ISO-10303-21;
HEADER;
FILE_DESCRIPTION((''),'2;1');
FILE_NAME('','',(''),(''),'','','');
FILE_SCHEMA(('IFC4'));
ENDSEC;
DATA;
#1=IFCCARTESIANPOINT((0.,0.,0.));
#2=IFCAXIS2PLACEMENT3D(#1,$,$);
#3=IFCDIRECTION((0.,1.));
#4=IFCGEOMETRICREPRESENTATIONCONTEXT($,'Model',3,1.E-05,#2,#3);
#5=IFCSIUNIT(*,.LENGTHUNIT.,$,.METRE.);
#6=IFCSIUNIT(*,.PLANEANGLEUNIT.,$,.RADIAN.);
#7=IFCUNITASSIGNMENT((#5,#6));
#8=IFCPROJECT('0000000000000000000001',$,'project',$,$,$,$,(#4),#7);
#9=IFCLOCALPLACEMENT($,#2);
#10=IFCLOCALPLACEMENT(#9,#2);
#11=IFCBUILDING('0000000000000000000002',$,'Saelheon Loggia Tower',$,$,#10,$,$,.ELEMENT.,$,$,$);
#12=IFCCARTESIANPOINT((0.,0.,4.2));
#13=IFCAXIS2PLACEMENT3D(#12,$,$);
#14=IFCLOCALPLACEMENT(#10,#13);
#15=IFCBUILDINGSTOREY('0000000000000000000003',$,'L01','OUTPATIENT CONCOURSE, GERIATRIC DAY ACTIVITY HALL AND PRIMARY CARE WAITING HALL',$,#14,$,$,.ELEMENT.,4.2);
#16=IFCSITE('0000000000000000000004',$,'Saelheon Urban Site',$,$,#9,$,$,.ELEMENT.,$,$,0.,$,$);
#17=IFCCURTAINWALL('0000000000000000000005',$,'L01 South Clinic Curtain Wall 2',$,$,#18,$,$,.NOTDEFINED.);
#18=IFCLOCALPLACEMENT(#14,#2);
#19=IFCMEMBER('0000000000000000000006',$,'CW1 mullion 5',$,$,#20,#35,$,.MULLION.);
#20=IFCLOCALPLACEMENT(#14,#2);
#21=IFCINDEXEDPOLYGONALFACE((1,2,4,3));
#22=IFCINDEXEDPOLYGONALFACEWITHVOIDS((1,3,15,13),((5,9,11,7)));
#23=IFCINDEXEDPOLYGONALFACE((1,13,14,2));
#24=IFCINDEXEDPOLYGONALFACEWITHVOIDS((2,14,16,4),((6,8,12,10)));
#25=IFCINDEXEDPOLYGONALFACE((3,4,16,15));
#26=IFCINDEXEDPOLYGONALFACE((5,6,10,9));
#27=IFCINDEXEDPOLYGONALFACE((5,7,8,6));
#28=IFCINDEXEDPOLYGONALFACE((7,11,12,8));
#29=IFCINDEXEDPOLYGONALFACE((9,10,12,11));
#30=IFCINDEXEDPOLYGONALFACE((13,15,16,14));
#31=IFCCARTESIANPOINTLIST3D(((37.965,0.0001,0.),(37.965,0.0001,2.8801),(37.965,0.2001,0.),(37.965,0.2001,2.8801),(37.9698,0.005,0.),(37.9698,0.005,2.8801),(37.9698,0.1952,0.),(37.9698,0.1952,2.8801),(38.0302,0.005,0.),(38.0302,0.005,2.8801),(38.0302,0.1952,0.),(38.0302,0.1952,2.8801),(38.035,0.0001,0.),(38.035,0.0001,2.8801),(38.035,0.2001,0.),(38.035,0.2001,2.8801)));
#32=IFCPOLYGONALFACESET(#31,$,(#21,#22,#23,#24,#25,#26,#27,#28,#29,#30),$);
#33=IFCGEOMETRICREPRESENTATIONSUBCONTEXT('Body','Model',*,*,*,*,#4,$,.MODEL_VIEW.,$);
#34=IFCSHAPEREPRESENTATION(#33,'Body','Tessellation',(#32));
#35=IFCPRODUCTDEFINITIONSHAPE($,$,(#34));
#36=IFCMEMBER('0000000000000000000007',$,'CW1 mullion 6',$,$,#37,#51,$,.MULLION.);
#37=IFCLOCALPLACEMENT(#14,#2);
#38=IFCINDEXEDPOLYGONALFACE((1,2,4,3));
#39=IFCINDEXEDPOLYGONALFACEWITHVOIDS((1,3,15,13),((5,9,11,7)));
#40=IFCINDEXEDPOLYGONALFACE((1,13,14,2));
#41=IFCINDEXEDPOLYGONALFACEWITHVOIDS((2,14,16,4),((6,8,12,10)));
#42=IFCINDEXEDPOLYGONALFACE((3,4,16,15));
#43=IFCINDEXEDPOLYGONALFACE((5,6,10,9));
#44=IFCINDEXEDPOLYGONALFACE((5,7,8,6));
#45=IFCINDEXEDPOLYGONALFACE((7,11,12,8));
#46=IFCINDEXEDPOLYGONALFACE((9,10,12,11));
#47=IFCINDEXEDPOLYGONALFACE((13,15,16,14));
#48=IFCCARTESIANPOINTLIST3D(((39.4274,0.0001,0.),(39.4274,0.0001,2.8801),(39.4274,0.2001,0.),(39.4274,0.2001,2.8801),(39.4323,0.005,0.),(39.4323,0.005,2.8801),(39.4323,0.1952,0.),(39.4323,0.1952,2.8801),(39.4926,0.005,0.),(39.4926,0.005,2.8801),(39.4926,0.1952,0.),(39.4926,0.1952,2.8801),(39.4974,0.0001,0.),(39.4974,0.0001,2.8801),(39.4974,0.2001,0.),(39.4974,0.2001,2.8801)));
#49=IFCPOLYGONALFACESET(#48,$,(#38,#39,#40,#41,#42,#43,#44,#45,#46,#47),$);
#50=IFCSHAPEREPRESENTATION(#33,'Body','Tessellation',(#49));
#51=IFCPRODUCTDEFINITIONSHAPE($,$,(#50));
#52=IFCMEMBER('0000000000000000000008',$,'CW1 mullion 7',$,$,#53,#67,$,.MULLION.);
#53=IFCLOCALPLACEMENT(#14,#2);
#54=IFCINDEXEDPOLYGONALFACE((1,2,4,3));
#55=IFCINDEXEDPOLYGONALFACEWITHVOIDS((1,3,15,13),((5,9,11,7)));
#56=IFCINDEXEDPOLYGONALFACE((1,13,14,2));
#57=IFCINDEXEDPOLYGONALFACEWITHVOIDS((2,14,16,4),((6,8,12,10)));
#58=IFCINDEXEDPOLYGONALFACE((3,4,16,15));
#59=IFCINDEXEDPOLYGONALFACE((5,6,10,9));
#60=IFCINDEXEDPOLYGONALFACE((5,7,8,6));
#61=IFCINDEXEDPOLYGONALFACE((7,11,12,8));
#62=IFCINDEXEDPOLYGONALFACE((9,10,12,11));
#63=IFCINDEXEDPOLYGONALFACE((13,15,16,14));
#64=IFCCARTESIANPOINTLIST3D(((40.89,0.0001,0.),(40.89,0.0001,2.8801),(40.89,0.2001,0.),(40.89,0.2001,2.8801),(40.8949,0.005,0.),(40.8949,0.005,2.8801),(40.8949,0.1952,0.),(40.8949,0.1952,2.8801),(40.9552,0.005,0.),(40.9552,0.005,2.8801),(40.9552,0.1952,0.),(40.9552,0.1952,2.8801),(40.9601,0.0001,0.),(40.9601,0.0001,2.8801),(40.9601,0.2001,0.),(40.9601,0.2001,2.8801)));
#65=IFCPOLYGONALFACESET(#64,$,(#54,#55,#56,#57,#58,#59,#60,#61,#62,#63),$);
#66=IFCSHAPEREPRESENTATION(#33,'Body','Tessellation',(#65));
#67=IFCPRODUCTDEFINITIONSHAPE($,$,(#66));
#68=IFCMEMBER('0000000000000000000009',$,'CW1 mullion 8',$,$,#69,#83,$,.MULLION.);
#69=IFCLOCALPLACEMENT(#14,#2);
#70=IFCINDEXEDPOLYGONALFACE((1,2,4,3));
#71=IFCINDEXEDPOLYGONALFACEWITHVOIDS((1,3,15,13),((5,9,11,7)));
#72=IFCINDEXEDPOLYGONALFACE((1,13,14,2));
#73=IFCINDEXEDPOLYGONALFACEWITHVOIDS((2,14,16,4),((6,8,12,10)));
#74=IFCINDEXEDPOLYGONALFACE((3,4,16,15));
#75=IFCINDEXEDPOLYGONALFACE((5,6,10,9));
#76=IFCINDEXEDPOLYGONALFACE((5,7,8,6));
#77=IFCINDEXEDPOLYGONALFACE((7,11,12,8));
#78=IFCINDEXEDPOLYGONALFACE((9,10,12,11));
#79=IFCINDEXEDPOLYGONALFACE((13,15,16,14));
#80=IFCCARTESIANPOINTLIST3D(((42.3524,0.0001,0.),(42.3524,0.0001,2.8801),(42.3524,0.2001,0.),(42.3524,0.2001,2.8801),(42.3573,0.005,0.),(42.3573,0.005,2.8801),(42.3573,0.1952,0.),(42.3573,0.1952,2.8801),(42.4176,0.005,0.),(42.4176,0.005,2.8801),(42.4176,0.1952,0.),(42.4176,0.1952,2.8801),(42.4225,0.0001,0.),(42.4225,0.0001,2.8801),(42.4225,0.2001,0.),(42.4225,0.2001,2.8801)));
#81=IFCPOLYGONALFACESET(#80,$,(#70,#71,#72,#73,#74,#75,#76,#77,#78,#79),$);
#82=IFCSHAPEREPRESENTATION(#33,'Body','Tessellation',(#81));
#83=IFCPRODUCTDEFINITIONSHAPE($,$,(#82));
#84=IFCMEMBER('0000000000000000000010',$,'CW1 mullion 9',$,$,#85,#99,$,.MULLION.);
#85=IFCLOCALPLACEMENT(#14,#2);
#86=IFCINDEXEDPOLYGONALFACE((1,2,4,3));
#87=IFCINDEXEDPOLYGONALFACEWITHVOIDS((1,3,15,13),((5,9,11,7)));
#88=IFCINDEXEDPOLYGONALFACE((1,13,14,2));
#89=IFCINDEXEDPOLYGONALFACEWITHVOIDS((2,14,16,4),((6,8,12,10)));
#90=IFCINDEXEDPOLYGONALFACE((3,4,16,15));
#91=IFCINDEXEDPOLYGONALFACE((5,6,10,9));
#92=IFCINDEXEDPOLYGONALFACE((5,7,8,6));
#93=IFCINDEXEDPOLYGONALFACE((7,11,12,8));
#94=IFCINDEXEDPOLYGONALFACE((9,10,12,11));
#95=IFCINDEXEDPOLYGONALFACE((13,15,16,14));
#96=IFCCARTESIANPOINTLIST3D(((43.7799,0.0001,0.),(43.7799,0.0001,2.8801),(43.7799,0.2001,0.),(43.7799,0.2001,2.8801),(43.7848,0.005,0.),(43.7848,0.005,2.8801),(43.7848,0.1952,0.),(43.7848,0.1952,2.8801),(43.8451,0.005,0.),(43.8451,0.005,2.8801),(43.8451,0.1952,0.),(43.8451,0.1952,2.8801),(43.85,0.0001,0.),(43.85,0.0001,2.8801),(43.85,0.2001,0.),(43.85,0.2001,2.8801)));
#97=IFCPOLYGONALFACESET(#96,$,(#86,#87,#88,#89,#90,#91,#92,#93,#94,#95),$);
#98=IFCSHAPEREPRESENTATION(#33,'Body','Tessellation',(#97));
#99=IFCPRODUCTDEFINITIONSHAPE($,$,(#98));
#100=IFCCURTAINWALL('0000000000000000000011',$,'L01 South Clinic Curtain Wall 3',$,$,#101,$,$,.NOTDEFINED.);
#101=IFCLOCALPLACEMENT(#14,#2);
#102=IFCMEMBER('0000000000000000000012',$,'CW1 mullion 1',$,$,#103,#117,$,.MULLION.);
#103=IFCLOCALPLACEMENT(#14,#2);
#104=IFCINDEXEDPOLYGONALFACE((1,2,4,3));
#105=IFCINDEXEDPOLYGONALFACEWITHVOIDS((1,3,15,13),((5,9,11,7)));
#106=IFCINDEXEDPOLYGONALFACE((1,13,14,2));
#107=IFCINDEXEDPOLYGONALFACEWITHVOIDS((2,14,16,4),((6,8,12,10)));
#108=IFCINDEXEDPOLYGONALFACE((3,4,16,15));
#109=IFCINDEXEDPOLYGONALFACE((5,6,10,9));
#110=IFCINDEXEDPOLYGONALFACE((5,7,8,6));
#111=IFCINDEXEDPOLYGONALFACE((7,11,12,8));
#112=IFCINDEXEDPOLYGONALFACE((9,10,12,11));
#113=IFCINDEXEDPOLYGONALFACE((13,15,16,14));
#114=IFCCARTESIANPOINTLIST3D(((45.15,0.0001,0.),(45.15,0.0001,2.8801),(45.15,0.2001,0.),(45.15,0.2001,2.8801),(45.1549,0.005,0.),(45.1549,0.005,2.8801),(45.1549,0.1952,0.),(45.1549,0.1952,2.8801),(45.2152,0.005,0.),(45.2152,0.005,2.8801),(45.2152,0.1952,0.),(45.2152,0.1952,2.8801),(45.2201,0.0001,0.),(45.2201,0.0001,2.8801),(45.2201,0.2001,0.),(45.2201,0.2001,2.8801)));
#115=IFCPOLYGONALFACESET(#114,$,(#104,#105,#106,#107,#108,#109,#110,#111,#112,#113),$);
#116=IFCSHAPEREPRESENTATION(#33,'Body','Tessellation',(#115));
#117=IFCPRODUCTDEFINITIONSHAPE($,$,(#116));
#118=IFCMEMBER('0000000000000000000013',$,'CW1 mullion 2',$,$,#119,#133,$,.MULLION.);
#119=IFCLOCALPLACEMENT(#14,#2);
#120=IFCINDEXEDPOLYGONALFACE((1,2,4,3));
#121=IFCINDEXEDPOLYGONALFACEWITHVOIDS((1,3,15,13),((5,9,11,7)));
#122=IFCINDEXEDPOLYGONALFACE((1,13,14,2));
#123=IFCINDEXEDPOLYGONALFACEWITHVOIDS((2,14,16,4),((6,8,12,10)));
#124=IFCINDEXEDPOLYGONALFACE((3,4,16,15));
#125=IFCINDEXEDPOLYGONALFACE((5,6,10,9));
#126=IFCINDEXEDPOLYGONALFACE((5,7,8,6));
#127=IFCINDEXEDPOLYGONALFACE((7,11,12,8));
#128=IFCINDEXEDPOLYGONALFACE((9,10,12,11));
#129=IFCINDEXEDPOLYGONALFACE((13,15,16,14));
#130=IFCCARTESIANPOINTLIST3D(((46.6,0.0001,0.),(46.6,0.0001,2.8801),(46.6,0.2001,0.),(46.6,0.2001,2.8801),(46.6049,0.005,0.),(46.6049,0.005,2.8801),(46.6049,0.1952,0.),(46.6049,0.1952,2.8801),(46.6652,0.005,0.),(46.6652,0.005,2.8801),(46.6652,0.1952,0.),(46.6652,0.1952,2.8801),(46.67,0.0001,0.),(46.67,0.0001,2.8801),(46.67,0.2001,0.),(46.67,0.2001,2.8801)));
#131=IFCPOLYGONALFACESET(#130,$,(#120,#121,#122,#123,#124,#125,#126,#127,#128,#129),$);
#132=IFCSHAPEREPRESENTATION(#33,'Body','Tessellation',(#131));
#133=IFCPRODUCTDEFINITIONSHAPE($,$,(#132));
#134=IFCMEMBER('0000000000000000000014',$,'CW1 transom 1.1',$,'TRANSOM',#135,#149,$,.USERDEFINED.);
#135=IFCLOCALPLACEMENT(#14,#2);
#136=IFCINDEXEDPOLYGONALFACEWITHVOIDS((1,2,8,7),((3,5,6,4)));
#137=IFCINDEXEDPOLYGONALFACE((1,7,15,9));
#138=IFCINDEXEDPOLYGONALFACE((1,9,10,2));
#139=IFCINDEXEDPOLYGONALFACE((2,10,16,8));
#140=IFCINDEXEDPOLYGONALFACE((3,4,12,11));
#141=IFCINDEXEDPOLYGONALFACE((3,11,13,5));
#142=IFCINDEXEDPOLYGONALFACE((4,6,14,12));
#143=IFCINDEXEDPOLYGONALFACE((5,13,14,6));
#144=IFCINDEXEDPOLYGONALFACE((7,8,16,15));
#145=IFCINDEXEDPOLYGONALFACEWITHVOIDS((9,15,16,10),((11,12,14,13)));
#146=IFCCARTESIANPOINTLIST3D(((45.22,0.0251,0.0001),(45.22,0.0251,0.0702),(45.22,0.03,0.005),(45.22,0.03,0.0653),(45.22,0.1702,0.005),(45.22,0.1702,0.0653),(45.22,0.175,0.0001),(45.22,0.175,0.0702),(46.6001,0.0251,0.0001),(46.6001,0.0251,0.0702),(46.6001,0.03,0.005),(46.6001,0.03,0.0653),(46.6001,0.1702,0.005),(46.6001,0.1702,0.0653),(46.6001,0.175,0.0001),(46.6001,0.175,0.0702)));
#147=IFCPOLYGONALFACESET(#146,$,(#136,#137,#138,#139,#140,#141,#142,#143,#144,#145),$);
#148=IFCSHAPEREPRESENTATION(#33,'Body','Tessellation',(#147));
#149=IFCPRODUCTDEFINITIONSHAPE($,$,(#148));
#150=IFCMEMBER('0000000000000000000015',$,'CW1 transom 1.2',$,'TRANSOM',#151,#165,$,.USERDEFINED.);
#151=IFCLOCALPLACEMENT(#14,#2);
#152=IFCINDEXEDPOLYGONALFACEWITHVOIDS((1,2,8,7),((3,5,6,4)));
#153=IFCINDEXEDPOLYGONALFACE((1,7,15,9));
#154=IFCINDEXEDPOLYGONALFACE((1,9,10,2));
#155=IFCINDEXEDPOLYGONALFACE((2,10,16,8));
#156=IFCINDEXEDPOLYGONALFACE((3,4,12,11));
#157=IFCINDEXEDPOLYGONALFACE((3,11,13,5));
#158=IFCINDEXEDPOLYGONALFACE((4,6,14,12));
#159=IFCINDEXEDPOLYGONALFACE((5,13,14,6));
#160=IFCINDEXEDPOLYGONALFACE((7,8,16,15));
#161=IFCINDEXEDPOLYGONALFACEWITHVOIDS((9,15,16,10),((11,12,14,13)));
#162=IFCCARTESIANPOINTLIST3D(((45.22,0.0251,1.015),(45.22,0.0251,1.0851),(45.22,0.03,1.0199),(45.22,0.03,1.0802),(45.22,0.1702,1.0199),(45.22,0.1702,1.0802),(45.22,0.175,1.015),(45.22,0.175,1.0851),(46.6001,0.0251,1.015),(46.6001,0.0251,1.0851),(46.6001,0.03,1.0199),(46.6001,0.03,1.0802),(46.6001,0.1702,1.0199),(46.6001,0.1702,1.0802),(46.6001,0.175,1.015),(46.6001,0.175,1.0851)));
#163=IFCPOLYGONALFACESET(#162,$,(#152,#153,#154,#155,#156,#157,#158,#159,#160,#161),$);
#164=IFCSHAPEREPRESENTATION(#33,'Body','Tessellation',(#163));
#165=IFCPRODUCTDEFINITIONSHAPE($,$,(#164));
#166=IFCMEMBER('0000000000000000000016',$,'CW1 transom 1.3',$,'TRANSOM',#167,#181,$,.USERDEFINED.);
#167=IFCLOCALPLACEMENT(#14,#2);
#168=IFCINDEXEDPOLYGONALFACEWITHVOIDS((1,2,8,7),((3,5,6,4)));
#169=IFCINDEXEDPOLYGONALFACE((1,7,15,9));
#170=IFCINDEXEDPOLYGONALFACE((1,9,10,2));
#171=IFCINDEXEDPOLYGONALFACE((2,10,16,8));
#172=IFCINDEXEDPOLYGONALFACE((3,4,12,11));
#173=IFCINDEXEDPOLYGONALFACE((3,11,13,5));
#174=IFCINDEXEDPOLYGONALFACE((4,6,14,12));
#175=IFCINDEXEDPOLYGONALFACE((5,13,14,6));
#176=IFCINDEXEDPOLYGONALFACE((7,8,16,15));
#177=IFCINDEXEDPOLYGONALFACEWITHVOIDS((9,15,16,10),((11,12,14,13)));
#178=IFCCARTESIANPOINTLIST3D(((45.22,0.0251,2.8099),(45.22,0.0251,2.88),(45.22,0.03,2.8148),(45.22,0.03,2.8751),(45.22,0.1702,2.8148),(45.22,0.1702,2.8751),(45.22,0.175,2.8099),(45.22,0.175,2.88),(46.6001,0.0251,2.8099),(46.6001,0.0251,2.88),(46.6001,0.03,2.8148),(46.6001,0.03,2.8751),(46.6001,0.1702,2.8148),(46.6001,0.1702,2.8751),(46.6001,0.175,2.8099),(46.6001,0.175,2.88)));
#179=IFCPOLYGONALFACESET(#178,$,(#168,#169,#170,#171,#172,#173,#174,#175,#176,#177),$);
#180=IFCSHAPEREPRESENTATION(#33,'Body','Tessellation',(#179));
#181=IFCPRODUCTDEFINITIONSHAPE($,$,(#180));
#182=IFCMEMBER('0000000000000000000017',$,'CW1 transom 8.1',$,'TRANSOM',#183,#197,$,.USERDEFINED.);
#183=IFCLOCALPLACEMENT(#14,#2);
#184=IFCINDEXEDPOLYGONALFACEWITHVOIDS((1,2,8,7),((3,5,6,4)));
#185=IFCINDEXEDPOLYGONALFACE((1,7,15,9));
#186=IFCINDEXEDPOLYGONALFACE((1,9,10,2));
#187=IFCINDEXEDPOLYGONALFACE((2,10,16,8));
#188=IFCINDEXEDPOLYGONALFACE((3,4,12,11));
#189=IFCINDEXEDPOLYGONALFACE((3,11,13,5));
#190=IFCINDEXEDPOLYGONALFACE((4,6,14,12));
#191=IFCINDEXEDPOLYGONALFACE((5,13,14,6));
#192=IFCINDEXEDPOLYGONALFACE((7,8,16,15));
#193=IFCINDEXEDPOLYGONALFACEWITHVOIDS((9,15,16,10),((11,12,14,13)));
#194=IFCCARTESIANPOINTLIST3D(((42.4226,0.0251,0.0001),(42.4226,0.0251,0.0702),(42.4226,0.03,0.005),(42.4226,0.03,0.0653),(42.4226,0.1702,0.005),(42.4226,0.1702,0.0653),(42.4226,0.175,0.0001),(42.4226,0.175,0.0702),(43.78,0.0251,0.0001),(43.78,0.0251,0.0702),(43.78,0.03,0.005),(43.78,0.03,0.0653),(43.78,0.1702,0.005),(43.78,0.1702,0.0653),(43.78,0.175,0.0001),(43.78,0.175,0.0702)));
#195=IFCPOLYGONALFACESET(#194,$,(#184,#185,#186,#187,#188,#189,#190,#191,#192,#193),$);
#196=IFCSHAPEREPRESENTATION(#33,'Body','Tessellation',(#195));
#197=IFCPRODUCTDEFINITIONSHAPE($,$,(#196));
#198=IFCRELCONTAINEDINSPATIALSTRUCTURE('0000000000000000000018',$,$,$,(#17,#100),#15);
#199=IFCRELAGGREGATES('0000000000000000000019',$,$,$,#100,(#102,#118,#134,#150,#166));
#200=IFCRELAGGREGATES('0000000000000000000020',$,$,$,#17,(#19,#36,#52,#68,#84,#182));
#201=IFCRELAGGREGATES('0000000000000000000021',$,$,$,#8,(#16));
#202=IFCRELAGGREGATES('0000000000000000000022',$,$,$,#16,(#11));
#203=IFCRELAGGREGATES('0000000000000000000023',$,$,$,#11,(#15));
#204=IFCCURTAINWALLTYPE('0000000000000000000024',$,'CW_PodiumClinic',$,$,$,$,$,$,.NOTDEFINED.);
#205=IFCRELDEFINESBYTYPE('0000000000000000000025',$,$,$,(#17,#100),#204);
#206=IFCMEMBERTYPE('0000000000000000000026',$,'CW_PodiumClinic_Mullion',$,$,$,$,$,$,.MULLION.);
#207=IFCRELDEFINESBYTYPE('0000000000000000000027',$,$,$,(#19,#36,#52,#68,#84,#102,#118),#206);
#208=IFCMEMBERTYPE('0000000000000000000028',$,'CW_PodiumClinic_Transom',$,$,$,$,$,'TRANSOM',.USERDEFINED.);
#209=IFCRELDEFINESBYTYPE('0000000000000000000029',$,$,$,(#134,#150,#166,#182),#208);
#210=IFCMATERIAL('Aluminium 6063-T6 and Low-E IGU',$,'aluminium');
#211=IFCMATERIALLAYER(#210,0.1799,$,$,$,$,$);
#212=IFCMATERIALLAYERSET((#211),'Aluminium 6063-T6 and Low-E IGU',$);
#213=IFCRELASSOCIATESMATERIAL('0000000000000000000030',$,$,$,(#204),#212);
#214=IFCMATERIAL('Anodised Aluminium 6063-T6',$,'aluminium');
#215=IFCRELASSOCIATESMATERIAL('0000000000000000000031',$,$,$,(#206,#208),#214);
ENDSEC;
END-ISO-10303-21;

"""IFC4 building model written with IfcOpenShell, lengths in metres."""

from ifc_helpers import new_model, si_unit, direction, frame, origin, origin_2d, place, context, subcontext, project, spatial, hollow_rectangle, extrude, source, transform, mapped, material, layer, layer_set, material_profile, profile_set, type_object, element, aggregate, save


model = new_model("IFC4")

# Units and contexts
model_context = context("Model", 3, precision=1e-05, world=origin(), true_north=direction((0.0, 1.0)))
body_context = subcontext(model_context, "Body", "Model", "MODEL_VIEW")
ifc_project = project(units=[si_unit("LENGTHUNIT", "METRE"), si_unit("PLANEANGLEUNIT", "RADIAN")], contexts=[model_context])

# Site, building, storey
site_placement = place(None, origin())
site = spatial("IfcSite", under=ifc_project, at=site_placement, Name="Saelheon Urban Site", CompositionType="ELEMENT", RefElevation=0.0)
building_placement = place(site_placement, origin())
building = spatial("IfcBuilding", under=site, at=building_placement, Name="Saelheon Loggia Tower", CompositionType="ELEMENT")
storey_placement = place(building_placement, frame((0.0, 0.0, 4.2)))
storey = spatial("IfcBuildingStorey", under=building, at=storey_placement, Name="L01", Description="OUTPATIENT CONCOURSE, GERIATRIC DAY ACTIVITY HALL AND PRIMARY CARE WAITING HALL", CompositionType="ELEMENT", Elevation=4.2)

# Curtain walls, members
ifc_material_1 = material(Name="Aluminium 6063-T6 and Low-E IGU", Category="aluminium")
ifc_layer_1 = layer(ifc_material_1, 0.1799)
ifc_layer_set_1 = layer_set([ifc_layer_1], Name="Aluminium 6063-T6 and Low-E IGU")
curtain_wall_type = type_object("IfcCurtainWallType", Name="CW_PodiumClinic", PredefinedType="NOTDEFINED", material=ifc_layer_set_1)
curtain_wall_1_placement = place(storey_placement, origin())
curtain_wall_1 = element("IfcCurtainWall", 1, at=curtain_wall_1_placement, inside=storey, type_object=curtain_wall_type, Name="L01 South Clinic Curtain Wall 2", PredefinedType="NOTDEFINED")
ifc_material_2 = material(Name="Anodised Aluminium 6063-T6", Category="aluminium")
ifc_material_profile_1 = material_profile(ifc_material_2, hollow_rectangle(XDim=0.0701, YDim=0.2, WallThickness=0.0049, at=origin_2d()), Name="RHS-200x70x5")
ifc_profile_set_1 = profile_set([ifc_material_profile_1], Name="Anodised Aluminium 6063-T6")
member_type_1 = type_object("IfcMemberType", Name="CW_PodiumClinic_Mullion", PredefinedType="MULLION", material=ifc_profile_set_1)
shared_shape_1 = source(origin(), body_context, "Body", "SweptSolid", [
    extrude(hollow_rectangle(XDim=0.0701, YDim=0.2, WallThickness=0.0049, at=origin_2d()), origin(), (0.0, 0.0, 1.0), 2.8801),
])
member_1_placement = place(storey_placement, frame((38.0, 0.1001, 0.0), z_axis=(0.0, 0.0, 1.0), x_axis=(1.0, 0.0, 0.0)))
member_1 = element("IfcMember", 2, at=member_1_placement, type_object=member_type_1, Name="CW1 mullion 5", PredefinedType="MULLION", context=body_context, shape_type="MappedRepresentation", body=[
    mapped(shared_shape_1, transform((0.0, 0.0, 0.0), scale=1.0)),
])
member_2_placement = place(storey_placement, frame((39.4624, 0.1001, 0.0), z_axis=(0.0, 0.0, 1.0), x_axis=(1.0, 0.0, 0.0)))
member_2 = element("IfcMember", 3, at=member_2_placement, type_object=member_type_1, Name="CW1 mullion 6", PredefinedType="MULLION", context=body_context, shape_type="MappedRepresentation", body=[
    mapped(shared_shape_1, transform((0.0, 0.0, 0.0), scale=1.0)),
])
member_3_placement = place(storey_placement, frame((40.925, 0.1001, 0.0), z_axis=(0.0, 0.0, 1.0), x_axis=(1.0, 0.0, 0.0)))
member_3 = element("IfcMember", 4, at=member_3_placement, type_object=member_type_1, Name="CW1 mullion 7", PredefinedType="MULLION", context=body_context, shape_type="MappedRepresentation", body=[
    mapped(shared_shape_1, transform((0.0, 0.0, 0.0), scale=1.0)),
])
member_4_placement = place(storey_placement, frame((42.3875, 0.1001, 0.0), z_axis=(0.0, 0.0, 1.0), x_axis=(1.0, 0.0, 0.0)))
member_4 = element("IfcMember", 5, at=member_4_placement, type_object=member_type_1, Name="CW1 mullion 8", PredefinedType="MULLION", context=body_context, shape_type="MappedRepresentation", body=[
    mapped(shared_shape_1, transform((0.0, 0.0, 0.0), scale=1.0)),
])
member_5_placement = place(storey_placement, frame((43.8149, 0.1001, 0.0), z_axis=(0.0, 0.0, 1.0), x_axis=(1.0, 0.0, 0.0)))
member_5 = element("IfcMember", 6, at=member_5_placement, type_object=member_type_1, Name="CW1 mullion 9", PredefinedType="MULLION", context=body_context, shape_type="MappedRepresentation", body=[
    mapped(shared_shape_1, transform((0.0, 0.0, 0.0), scale=1.0)),
])
curtain_wall_2_placement = place(storey_placement, origin())
curtain_wall_2 = element("IfcCurtainWall", 7, at=curtain_wall_2_placement, inside=storey, type_object=curtain_wall_type, Name="L01 South Clinic Curtain Wall 3", PredefinedType="NOTDEFINED")
member_6_placement = place(storey_placement, frame((45.1851, 0.1001, 0.0), z_axis=(0.0, 0.0, 1.0), x_axis=(1.0, 0.0, 0.0)))
member_6 = element("IfcMember", 8, at=member_6_placement, type_object=member_type_1, Name="CW1 mullion 1", PredefinedType="MULLION", context=body_context, shape_type="MappedRepresentation", body=[
    mapped(shared_shape_1, transform((0.0, 0.0, 0.0), scale=1.0)),
])
member_7_placement = place(storey_placement, frame((46.635, 0.1001, 0.0), z_axis=(0.0, 0.0, 1.0), x_axis=(1.0, 0.0, 0.0)))
member_7 = element("IfcMember", 9, at=member_7_placement, type_object=member_type_1, Name="CW1 mullion 2", PredefinedType="MULLION", context=body_context, shape_type="MappedRepresentation", body=[
    mapped(shared_shape_1, transform((0.0, 0.0, 0.0), scale=1.0)),
])
ifc_material_profile_2 = material_profile(ifc_material_2, hollow_rectangle(XDim=0.0701, YDim=0.1499, WallThickness=0.0049, at=origin_2d()), Name="RHS-150x70x5")
ifc_profile_set_2 = profile_set([ifc_material_profile_2], Name="Anodised Aluminium 6063-T6")
member_type_2 = type_object("IfcMemberType", Name="CW_PodiumClinic_Transom", ElementType="TRANSOM", PredefinedType="USERDEFINED", material=ifc_profile_set_2)
shared_shape_2 = source(origin(), body_context, "Body", "SweptSolid", [
    extrude(hollow_rectangle(XDim=0.0701, YDim=0.1499, WallThickness=0.0049, at=origin_2d()), origin(), (0.0, 0.0, 1.0), 1.3801),
])
member_8_placement = place(storey_placement, frame((45.22, 0.1001, 0.0352), z_axis=(1.0, 0.0, 0.0), x_axis=(0.0, 0.0, 1.0)))
member_8 = element("IfcMember", 10, at=member_8_placement, type_object=member_type_2, Name="CW1 transom 1.1", ObjectType="TRANSOM", PredefinedType="USERDEFINED", context=body_context, shape_type="MappedRepresentation", body=[
    mapped(shared_shape_2, transform((0.0, 0.0, 0.0), scale=1.0)),
])
member_9_placement = place(storey_placement, frame((45.22, 0.1001, 1.05), z_axis=(1.0, 0.0, 0.0), x_axis=(0.0, 0.0, 1.0)))
member_9 = element("IfcMember", 11, at=member_9_placement, type_object=member_type_2, Name="CW1 transom 1.2", ObjectType="TRANSOM", PredefinedType="USERDEFINED", context=body_context, shape_type="MappedRepresentation", body=[
    mapped(shared_shape_2, transform((0.0, 0.0, 0.0), scale=1.0)),
])
member_10_placement = place(storey_placement, frame((45.22, 0.1001, 2.845), z_axis=(1.0, 0.0, 0.0), x_axis=(0.0, 0.0, 1.0)))
member_10 = element("IfcMember", 12, at=member_10_placement, type_object=member_type_2, Name="CW1 transom 1.3", ObjectType="TRANSOM", PredefinedType="USERDEFINED", context=body_context, shape_type="MappedRepresentation", body=[
    mapped(shared_shape_2, transform((0.0, 0.0, 0.0), scale=1.0)),
])

# Member
shared_shape_3 = source(origin(), body_context, "Body", "SweptSolid", [
    extrude(hollow_rectangle(XDim=0.0701, YDim=0.1499, WallThickness=0.0049, at=origin_2d()), origin(), (0.0, 0.0, 1.0), 1.3574),
])
member_11_placement = place(storey_placement, frame((42.4226, 0.1001, 0.0352), z_axis=(1.0, 0.0, 0.0), x_axis=(0.0, 0.0, 1.0)))
member_11 = element("IfcMember", 13, at=member_11_placement, type_object=member_type_2, Name="CW1 transom 8.1", ObjectType="TRANSOM", PredefinedType="USERDEFINED", context=body_context, shape_type="MappedRepresentation", body=[
    mapped(shared_shape_3, transform((0.0, 0.0, 0.0), scale=1.0)),
])

aggregate(curtain_wall_2, [member_6, member_7, member_8, member_9, member_10])
aggregate(curtain_wall_1, [member_1, member_2, member_3, member_4, member_5, member_11])

save(model, "model.ifc")
